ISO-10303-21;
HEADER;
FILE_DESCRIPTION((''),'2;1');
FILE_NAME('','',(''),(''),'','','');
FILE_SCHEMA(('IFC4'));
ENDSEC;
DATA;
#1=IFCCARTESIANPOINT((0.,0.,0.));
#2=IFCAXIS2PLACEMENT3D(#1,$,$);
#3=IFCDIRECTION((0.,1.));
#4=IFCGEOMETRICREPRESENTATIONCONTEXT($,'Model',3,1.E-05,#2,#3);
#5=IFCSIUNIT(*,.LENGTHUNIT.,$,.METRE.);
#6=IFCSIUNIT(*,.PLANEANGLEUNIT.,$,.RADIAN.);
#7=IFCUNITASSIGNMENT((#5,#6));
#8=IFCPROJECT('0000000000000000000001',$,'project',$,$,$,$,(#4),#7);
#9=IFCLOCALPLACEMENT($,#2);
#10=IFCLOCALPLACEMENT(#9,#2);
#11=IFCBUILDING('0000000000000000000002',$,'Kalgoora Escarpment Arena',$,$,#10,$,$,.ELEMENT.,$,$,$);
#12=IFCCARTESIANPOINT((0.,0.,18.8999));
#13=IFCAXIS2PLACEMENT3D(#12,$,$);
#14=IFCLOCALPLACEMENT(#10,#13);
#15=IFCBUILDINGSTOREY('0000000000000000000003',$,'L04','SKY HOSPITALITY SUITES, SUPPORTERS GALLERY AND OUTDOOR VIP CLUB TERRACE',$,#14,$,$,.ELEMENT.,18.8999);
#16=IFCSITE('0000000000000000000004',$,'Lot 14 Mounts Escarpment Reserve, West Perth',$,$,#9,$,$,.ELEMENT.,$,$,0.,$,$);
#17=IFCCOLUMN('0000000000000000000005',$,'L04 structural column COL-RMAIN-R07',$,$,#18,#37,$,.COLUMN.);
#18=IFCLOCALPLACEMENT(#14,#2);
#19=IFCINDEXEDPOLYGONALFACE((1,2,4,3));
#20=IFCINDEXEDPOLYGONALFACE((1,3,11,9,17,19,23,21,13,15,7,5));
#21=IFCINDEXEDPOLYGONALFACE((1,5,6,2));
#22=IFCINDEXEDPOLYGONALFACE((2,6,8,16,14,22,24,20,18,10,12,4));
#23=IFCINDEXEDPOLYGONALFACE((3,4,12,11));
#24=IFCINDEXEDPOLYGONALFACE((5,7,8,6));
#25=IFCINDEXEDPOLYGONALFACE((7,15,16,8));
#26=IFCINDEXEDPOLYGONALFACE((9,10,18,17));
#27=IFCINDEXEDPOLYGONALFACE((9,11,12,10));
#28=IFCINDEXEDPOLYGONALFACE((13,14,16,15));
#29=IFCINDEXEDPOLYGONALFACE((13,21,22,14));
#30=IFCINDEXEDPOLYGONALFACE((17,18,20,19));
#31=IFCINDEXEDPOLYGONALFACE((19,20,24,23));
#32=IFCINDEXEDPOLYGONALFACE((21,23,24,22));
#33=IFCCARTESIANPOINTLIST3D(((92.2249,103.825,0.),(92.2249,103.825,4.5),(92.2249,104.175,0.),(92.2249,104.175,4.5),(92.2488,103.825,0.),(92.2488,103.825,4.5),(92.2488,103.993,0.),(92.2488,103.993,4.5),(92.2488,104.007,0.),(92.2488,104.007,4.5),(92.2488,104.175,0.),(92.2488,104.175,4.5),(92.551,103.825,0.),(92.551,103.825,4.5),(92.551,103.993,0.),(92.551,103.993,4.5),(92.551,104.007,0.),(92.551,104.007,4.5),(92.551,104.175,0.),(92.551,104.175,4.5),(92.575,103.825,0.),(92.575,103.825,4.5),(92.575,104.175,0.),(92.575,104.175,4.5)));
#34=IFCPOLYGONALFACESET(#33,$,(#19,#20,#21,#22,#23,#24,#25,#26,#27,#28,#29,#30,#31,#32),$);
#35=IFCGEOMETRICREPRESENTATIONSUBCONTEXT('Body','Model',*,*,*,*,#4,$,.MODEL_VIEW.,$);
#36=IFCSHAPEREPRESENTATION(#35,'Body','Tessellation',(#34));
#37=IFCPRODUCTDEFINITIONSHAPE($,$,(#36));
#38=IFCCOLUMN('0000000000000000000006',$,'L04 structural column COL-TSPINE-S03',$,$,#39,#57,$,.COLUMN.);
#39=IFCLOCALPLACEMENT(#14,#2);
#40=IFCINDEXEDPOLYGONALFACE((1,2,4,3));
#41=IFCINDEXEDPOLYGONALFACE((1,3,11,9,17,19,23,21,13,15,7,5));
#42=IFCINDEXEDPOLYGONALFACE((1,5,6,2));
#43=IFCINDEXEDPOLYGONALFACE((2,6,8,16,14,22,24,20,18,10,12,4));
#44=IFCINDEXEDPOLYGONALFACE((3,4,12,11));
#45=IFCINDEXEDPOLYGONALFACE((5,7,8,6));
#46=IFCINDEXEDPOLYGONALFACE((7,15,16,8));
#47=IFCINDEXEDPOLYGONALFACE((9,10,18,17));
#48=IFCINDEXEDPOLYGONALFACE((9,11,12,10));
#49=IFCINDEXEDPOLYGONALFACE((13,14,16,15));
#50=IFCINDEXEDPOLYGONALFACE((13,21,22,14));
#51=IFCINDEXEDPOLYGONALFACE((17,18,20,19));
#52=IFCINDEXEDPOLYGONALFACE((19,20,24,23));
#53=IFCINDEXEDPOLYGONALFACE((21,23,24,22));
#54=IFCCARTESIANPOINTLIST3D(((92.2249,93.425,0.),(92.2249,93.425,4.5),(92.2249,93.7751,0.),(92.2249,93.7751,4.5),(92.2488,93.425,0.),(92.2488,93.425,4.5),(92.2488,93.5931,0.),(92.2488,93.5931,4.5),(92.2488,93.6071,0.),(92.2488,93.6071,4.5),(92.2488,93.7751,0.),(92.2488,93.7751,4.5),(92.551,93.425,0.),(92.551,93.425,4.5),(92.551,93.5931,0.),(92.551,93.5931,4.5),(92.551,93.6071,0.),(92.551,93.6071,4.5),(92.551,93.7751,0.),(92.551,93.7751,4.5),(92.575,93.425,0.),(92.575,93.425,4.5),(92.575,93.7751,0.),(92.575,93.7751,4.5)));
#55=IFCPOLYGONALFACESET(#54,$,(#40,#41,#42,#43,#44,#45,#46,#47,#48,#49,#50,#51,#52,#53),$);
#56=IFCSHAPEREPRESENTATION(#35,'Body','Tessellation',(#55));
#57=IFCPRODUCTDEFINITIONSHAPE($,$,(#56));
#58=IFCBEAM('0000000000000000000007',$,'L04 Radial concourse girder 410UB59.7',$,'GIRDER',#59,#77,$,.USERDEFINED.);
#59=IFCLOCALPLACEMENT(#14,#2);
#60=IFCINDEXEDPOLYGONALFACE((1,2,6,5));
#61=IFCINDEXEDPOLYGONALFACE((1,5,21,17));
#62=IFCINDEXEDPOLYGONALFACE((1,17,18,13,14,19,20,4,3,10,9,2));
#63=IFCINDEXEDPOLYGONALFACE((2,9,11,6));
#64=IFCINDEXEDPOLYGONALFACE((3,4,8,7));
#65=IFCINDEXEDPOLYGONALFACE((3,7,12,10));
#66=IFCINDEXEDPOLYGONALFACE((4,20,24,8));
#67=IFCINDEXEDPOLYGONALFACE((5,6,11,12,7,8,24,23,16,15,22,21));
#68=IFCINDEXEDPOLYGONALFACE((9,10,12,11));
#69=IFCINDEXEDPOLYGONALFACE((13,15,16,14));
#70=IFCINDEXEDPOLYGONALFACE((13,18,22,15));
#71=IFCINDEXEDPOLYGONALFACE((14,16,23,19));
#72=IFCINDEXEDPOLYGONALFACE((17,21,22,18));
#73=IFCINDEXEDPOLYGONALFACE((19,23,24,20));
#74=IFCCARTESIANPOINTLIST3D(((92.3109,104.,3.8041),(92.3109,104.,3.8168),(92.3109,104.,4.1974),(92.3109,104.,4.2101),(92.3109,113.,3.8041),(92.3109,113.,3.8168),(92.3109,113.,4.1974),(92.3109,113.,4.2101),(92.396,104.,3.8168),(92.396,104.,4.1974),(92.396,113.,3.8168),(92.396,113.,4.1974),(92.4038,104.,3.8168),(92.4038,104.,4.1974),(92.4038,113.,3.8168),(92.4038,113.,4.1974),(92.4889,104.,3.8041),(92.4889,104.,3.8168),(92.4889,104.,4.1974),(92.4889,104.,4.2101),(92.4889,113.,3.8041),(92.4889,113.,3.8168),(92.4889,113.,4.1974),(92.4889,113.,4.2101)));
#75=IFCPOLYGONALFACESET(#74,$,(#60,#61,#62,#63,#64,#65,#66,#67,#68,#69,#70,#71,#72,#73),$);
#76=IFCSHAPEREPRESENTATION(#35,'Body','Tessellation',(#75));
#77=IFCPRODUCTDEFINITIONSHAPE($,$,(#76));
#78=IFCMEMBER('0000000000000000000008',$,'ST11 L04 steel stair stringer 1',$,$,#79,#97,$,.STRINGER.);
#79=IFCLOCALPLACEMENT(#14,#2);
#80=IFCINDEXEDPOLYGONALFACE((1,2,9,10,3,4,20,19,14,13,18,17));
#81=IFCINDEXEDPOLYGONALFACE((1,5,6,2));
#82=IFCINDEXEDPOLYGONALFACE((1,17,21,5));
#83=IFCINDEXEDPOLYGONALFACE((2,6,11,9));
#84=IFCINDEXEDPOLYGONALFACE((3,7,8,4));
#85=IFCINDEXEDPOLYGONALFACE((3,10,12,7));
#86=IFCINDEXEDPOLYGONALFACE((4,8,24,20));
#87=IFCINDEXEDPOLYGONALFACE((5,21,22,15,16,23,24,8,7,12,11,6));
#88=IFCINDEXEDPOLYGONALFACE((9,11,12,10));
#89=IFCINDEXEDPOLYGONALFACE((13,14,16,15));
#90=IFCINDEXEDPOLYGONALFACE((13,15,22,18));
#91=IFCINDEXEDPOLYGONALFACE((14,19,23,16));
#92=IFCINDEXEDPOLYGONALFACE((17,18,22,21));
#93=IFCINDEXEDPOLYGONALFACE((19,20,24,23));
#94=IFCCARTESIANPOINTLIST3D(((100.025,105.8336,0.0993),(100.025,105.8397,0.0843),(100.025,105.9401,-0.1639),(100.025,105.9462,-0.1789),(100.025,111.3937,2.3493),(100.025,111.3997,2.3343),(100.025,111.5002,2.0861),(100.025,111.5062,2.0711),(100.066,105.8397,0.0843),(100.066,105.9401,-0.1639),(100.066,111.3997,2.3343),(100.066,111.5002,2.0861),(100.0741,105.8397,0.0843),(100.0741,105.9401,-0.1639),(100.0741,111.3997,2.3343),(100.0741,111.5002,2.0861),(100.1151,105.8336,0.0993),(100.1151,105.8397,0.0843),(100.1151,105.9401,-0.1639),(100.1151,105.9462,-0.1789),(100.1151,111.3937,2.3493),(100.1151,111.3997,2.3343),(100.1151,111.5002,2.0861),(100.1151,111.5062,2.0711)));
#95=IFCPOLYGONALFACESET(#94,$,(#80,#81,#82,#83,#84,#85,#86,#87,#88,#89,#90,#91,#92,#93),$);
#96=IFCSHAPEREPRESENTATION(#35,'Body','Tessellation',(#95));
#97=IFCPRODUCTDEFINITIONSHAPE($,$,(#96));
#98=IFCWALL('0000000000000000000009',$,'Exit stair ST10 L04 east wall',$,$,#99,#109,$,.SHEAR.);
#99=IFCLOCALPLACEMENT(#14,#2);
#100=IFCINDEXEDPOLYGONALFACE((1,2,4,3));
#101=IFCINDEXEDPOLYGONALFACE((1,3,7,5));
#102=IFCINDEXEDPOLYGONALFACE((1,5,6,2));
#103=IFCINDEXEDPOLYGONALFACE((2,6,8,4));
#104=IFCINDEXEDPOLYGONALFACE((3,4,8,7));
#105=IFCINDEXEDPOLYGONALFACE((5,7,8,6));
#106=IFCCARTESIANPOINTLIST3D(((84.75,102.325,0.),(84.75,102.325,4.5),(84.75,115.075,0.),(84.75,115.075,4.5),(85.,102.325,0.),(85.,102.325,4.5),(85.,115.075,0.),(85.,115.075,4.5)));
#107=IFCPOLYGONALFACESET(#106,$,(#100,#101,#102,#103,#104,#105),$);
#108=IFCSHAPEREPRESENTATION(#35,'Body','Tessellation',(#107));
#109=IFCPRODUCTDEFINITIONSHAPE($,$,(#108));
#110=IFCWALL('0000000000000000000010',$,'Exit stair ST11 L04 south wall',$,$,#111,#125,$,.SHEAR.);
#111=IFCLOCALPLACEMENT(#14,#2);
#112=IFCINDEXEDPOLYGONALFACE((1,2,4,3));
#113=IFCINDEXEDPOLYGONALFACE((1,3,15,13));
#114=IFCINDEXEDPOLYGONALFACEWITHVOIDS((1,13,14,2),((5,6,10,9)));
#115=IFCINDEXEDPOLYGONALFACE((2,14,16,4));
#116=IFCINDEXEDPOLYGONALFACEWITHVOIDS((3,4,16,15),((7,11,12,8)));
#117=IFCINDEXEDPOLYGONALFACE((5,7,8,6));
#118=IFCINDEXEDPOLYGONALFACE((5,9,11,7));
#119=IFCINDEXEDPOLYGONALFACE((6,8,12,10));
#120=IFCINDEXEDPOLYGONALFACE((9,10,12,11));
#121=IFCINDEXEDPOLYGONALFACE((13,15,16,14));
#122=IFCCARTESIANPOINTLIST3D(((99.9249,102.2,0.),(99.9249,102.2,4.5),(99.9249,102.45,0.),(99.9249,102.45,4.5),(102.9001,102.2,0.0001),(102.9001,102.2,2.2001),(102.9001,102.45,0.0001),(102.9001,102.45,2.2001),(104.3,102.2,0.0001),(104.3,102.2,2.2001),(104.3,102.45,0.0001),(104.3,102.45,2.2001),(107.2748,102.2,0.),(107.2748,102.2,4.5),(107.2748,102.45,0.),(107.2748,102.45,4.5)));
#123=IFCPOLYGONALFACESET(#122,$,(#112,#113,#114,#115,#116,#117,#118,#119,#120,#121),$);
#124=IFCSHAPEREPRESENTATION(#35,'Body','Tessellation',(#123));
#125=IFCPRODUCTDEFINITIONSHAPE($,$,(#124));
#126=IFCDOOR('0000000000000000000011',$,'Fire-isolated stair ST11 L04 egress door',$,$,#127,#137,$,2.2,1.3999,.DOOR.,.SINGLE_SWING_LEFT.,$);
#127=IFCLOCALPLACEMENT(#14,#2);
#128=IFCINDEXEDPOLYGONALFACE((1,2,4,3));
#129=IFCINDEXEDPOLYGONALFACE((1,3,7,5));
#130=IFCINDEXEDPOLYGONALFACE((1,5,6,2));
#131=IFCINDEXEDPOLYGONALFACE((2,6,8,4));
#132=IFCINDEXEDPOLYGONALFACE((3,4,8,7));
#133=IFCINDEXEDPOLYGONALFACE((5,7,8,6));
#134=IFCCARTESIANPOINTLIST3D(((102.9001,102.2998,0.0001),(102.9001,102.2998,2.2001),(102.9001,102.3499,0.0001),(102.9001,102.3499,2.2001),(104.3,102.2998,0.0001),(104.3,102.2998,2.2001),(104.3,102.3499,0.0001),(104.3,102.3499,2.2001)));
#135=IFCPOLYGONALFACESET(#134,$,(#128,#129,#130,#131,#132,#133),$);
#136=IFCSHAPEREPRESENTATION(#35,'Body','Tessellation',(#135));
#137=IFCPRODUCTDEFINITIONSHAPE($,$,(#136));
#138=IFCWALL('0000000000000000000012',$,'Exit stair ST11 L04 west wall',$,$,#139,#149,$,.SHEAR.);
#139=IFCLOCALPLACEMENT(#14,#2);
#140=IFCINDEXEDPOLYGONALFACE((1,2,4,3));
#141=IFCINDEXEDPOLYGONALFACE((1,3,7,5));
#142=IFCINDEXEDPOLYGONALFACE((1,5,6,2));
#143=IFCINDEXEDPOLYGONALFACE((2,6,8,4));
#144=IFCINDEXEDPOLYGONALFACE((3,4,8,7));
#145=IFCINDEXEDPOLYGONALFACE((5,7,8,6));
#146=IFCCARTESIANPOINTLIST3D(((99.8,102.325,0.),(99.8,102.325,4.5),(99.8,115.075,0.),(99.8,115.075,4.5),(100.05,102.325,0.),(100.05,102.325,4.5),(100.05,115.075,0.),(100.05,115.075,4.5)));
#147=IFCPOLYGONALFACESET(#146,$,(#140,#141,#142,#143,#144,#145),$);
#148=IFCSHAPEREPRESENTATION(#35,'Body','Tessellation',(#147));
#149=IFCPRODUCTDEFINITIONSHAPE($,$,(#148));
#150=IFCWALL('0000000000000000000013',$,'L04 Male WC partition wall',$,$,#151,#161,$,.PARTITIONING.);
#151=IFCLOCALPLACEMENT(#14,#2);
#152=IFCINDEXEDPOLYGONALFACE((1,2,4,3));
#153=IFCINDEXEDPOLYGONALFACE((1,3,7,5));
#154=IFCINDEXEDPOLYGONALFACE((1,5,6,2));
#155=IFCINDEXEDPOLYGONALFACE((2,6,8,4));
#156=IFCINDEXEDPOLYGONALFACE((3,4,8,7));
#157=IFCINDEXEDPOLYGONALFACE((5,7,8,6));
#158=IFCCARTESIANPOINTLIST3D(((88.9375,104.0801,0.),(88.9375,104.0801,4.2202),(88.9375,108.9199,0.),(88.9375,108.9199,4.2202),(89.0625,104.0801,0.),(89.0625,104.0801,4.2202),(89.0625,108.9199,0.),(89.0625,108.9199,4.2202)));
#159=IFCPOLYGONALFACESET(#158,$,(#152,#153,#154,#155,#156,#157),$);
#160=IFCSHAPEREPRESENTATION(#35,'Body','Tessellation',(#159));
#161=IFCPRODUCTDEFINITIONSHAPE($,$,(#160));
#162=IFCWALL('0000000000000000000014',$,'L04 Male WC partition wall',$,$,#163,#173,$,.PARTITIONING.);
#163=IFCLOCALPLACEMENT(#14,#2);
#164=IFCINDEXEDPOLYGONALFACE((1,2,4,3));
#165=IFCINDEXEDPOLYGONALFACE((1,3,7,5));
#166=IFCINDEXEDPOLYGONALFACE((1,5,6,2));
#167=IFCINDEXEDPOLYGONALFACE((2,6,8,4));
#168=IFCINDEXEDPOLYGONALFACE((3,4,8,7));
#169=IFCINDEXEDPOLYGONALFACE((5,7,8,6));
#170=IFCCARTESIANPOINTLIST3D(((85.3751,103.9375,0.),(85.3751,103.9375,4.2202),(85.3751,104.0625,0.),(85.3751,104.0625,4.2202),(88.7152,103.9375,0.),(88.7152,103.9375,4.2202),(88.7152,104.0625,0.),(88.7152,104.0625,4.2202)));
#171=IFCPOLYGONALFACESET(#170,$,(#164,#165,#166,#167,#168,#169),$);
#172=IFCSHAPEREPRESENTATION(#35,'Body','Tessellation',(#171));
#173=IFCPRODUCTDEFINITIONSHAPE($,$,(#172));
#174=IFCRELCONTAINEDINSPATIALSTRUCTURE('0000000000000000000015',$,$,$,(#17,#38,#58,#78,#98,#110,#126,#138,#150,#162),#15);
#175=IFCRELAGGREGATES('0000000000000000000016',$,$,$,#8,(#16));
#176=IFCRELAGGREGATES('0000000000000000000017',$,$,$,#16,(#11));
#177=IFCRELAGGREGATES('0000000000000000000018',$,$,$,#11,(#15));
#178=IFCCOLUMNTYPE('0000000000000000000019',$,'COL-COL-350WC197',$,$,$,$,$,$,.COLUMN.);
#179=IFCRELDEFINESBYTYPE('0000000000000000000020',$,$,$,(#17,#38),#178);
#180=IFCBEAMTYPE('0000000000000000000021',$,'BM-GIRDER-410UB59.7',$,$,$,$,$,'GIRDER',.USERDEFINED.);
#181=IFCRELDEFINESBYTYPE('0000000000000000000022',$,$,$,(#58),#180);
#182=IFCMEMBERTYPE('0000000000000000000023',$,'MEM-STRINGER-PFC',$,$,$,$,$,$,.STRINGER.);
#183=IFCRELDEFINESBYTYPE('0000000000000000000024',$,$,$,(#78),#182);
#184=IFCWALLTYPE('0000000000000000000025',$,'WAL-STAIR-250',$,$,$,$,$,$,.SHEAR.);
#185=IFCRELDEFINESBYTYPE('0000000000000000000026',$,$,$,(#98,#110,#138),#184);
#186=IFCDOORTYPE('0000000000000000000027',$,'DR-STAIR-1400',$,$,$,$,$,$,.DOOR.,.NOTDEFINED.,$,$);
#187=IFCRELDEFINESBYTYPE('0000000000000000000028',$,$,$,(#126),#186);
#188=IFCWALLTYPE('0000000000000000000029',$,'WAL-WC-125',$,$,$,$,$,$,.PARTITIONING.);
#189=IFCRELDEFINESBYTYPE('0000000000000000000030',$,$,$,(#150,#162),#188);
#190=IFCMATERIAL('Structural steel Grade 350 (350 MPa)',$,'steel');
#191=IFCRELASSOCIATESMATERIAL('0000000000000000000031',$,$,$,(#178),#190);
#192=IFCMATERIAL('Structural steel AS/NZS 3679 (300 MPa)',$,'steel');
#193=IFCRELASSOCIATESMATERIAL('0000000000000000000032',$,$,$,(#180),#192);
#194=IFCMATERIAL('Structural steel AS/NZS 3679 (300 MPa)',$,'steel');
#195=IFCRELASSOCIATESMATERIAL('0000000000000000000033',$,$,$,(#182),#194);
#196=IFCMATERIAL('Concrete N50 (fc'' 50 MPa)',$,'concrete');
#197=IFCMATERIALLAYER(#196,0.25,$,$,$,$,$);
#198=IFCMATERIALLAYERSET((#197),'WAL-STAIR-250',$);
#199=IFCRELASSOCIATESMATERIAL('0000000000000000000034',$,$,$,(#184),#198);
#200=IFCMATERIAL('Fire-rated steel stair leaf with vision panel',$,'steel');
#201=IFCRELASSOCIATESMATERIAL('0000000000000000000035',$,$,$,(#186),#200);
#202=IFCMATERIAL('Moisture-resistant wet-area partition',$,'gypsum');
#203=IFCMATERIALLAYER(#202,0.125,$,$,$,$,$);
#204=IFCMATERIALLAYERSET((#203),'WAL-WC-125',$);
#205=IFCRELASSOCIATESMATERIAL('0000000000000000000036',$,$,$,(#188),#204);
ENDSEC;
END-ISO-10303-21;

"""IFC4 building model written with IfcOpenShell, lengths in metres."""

from ifc_helpers import new_model, si_unit, direction, frame, frame_2d, origin, origin_2d, place, context, subcontext, project, spatial, rectangle, i_section, extrude, material, layer, layer_set, material_profile, profile_set, type_object, element, fill, save


model = new_model("IFC4")

# Units and contexts
model_context = context("Model", 3, precision=1e-05, world=origin(), true_north=direction((0.0, 1.0)))
body_context = subcontext(model_context, "Body", "Model", "MODEL_VIEW")
ifc_project = project(units=[si_unit("LENGTHUNIT", "METRE"), si_unit("PLANEANGLEUNIT", "RADIAN")], contexts=[model_context])

# Site, building, storey
site_placement = place(None, origin())
site = spatial("IfcSite", under=ifc_project, at=site_placement, Name="Lot 14 Mounts Escarpment Reserve, West Perth", CompositionType="ELEMENT", RefElevation=0.0)
building_placement = place(site_placement, origin())
building = spatial("IfcBuilding", under=site, at=building_placement, Name="Kalgoora Escarpment Arena", CompositionType="ELEMENT")
storey_placement = place(building_placement, frame((0.0, 0.0, 18.8999)))
storey = spatial("IfcBuildingStorey", under=building, at=storey_placement, Name="L04", Description="SKY HOSPITALITY SUITES, SUPPORTERS GALLERY AND OUTDOOR VIP CLUB TERRACE", CompositionType="ELEMENT", Elevation=18.8999)

# Columns
ifc_material_1 = material(Name="Structural steel Grade 350 (350 MPa)", Category="steel")
ifc_material_profile_1 = material_profile(ifc_material_1, i_section(OverallWidth=0.3501, OverallDepth=0.3501, WebThickness=0.0139, FlangeThickness=0.0239, at=origin_2d()))
ifc_profile_set_1 = profile_set([ifc_material_profile_1], Name="Structural steel Grade 350 (350 MPa)")
column_type = type_object("IfcColumnType", Name="COL-COL-350WC197", PredefinedType="COLUMN", material=ifc_profile_set_1)
for number, where, z_axis, x_axis, name in (
    (1, (92.3999, 104.0, 0.0), (0.0, 0.0, 1.0), (0.0, 1.0, 0.0), "L04 structural column COL-RMAIN-R07"),
    (2, (92.3999, 93.6001, 0.0), (0.0, 0.0, 1.0), (0.0, 1.0, 0.0), "L04 structural column COL-TSPINE-S03"),
):
    element("IfcColumn", number, at=place(storey_placement, frame(where, z_axis=z_axis, x_axis=x_axis)), inside=storey, type_object=column_type, Name=name, PredefinedType="COLUMN", context=body_context, shape_type="SweptSolid", body=[
        extrude(i_section(OverallWidth=0.3501, OverallDepth=0.3501, WebThickness=0.0139, FlangeThickness=0.0239, at=origin_2d()), origin(), (0.0, 0.0, 1.0), 4.5),
    ])

# Beam
ifc_material_2 = material(Name="Structural steel AS/NZS 3679 (300 MPa)", Category="steel")
ifc_material_profile_2 = material_profile(ifc_material_2, i_section(OverallWidth=0.178, OverallDepth=0.406, WebThickness=0.0078, FlangeThickness=0.0127, at=origin_2d()))
ifc_profile_set_2 = profile_set([ifc_material_profile_2], Name="Structural steel AS/NZS 3679 (300 MPa)")
beam_type = type_object("IfcBeamType", Name="BM-GIRDER-410UB59.7", ElementType="GIRDER", PredefinedType="USERDEFINED", material=ifc_profile_set_2)
beam_placement = place(storey_placement, frame((92.3999, 104.0, 4.0071), z_axis=(0.0, 1.0, 0.0), x_axis=(-1.0, 0.0, 0.0)))
element("IfcBeam", 3, at=beam_placement, inside=storey, type_object=beam_type, Name="L04 Radial concourse girder 410UB59.7", ObjectType="GIRDER", PredefinedType="USERDEFINED", context=body_context, shape_type="SweptSolid", body=[
    extrude(i_section(OverallWidth=0.178, OverallDepth=0.406, WebThickness=0.0078, FlangeThickness=0.0127, at=origin_2d()), origin(), (0.0, 0.0, 1.0), 9.0),
])

# Member
ifc_material_3 = material(Name="Structural steel AS/NZS 3679 (300 MPa)", Category="steel")
ifc_material_profile_3 = material_profile(ifc_material_3, i_section(OverallWidth=0.0901, OverallDepth=0.3, WebThickness=0.0081, FlangeThickness=0.0161, at=origin_2d()))
ifc_profile_set_3 = profile_set([ifc_material_profile_3], Name="Structural steel AS/NZS 3679 (300 MPa)")
member_type = type_object("IfcMemberType", Name="MEM-STRINGER-PFC", PredefinedType="STRINGER", material=ifc_profile_set_3)
member_placement = place(storey_placement, frame((100.0701, 105.8899, -0.0398), z_axis=(0.0, 0.926976, 0.375121), x_axis=(-1.0, 0.0, 0.0)))
element("IfcMember", 4, at=member_placement, inside=storey, type_object=member_type, Name="ST11 L04 steel stair stringer 1", PredefinedType="STRINGER", context=body_context, shape_type="SweptSolid", body=[
    extrude(i_section(OverallWidth=0.0901, OverallDepth=0.3, WebThickness=0.0081, FlangeThickness=0.0161, at=origin_2d()), origin(), (0.0, 0.0, 1.0), 5.998),
])

# Wall
ifc_material_4 = material(Name="Concrete N50 (fc' 50 MPa)", Category="concrete")
ifc_layer_1 = layer(ifc_material_4, 0.25)
ifc_layer_set_1 = layer_set([ifc_layer_1], Name="WAL-STAIR-250")
wall_type_1 = type_object("IfcWallType", Name="WAL-STAIR-250", PredefinedType="SHEAR", material=ifc_layer_set_1)
wall_1_placement = place(storey_placement, frame((84.875, 102.325, 0.0), z_axis=(0.0, 0.0, 1.0), x_axis=(0.0, 1.0, 0.0)))
element("IfcWall", 5, at=wall_1_placement, inside=storey, type_object=wall_type_1, Name="Exit stair ST10 L04 east wall", PredefinedType="SHEAR", context=body_context, shape_type="SweptSolid", body=[
    extrude(rectangle(XDim=12.75, YDim=0.25, at=frame_2d((6.375, 0.0))), origin(), (0.0, 0.0, 1.0), 4.5),
])

# Wall, opening, door
wall_2_placement = place(storey_placement, frame((99.925, 102.325, 0.0), z_axis=(0.0, 0.0, 1.0), x_axis=(1.0, 0.0, 0.0)))
wall_2 = element("IfcWall", 6, at=wall_2_placement, inside=storey, type_object=wall_type_1, Name="Exit stair ST11 L04 south wall", PredefinedType="SHEAR", context=body_context, shape_type="SweptSolid", body=[
    extrude(rectangle(XDim=7.3499, YDim=0.25, at=frame_2d((3.6748, 0.0))), origin(), (0.0, 0.0, 1.0), 4.5),
])
opening_1_placement = place(wall_2_placement, frame((2.9751, 0.0, 0.0)))
opening_1 = element("IfcOpeningElement", 7, at=opening_1_placement, cuts=wall_2, PredefinedType="OPENING", context=body_context, shape_type="SweptSolid", body=[
    extrude(rectangle(XDim=1.3999, YDim=2.2, at=frame_2d((0.7, 1.1001))), frame((0.0, 0.135, 0.0), z_axis=(0.0, -1.0, 0.0), x_axis=(1.0, 0.0, 0.0)), (0.0, 0.0, 1.0), 0.27),
])
ifc_material_5 = material(Name="Fire-rated steel stair leaf with vision panel", Category="steel")
door_type_1 = type_object("IfcDoorType", Name="DR-STAIR-1400", OperationType="NOTDEFINED", PredefinedType="DOOR", material=ifc_material_5)
door_1_placement = place(opening_1_placement, origin())
door_1 = element("IfcDoor", 8, at=door_1_placement, inside=storey, type_object=door_type_1, Name="Fire-isolated stair ST11 L04 egress door", OperationType="SINGLE_SWING_LEFT", OverallHeight=2.2, OverallWidth=1.3999, PredefinedType="DOOR", context=body_context, shape_type="SweptSolid", body=[
    extrude(rectangle(XDim=1.3999, YDim=2.2, at=frame_2d((0.7, 1.1001))), frame((0.0, 0.0249, 0.0), z_axis=(0.0, -1.0, 0.0), x_axis=(1.0, 0.0, 0.0)), (0.0, 0.0, 1.0), 0.05),
])
fill(opening_1, door_1)

# Walls
wall_3_placement = place(storey_placement, frame((99.925, 102.325, 0.0), z_axis=(0.0, 0.0, 1.0), x_axis=(0.0, 1.0, 0.0)))
element("IfcWall", 9, at=wall_3_placement, inside=storey, type_object=wall_type_1, Name="Exit stair ST11 L04 west wall", PredefinedType="SHEAR", context=body_context, shape_type="SweptSolid", body=[
    extrude(rectangle(XDim=12.75, YDim=0.25, at=frame_2d((6.375, 0.0))), origin(), (0.0, 0.0, 1.0), 4.5),
])
ifc_material_6 = material(Name="Moisture-resistant wet-area partition", Category="gypsum")
ifc_layer_2 = layer(ifc_material_6, 0.125)
ifc_layer_set_2 = layer_set([ifc_layer_2], Name="WAL-WC-125")
wall_type_2 = type_object("IfcWallType", Name="WAL-WC-125", PredefinedType="PARTITIONING", material=ifc_layer_set_2)
wall_4_placement = place(storey_placement, frame((89.0, 108.9199, 0.0), z_axis=(0.0, 0.0, 1.0), x_axis=(0.0, -1.0, 0.0)))
element("IfcWall", 10, at=wall_4_placement, inside=storey, type_object=wall_type_2, Name="L04 Male WC partition wall", PredefinedType="PARTITIONING", context=body_context, shape_type="SweptSolid", body=[
    extrude(rectangle(XDim=4.8398, YDim=0.125, at=frame_2d((2.4199, 0.0))), origin(), (0.0, 0.0, 1.0), 4.2202),
])
wall_5_placement = place(storey_placement, frame((88.7151, 104.0, 0.0), z_axis=(0.0, 0.0, 1.0), x_axis=(-1.0, 0.0, 0.0)))
element("IfcWall", 11, at=wall_5_placement, inside=storey, type_object=wall_type_2, Name="L04 Male WC partition wall", PredefinedType="PARTITIONING", context=body_context, shape_type="SweptSolid", body=[
    extrude(rectangle(XDim=3.3401, YDim=0.125, at=frame_2d((1.6699, 0.0))), origin(), (0.0, 0.0, 1.0), 4.2202),
])

save(model, "model.ifc")
